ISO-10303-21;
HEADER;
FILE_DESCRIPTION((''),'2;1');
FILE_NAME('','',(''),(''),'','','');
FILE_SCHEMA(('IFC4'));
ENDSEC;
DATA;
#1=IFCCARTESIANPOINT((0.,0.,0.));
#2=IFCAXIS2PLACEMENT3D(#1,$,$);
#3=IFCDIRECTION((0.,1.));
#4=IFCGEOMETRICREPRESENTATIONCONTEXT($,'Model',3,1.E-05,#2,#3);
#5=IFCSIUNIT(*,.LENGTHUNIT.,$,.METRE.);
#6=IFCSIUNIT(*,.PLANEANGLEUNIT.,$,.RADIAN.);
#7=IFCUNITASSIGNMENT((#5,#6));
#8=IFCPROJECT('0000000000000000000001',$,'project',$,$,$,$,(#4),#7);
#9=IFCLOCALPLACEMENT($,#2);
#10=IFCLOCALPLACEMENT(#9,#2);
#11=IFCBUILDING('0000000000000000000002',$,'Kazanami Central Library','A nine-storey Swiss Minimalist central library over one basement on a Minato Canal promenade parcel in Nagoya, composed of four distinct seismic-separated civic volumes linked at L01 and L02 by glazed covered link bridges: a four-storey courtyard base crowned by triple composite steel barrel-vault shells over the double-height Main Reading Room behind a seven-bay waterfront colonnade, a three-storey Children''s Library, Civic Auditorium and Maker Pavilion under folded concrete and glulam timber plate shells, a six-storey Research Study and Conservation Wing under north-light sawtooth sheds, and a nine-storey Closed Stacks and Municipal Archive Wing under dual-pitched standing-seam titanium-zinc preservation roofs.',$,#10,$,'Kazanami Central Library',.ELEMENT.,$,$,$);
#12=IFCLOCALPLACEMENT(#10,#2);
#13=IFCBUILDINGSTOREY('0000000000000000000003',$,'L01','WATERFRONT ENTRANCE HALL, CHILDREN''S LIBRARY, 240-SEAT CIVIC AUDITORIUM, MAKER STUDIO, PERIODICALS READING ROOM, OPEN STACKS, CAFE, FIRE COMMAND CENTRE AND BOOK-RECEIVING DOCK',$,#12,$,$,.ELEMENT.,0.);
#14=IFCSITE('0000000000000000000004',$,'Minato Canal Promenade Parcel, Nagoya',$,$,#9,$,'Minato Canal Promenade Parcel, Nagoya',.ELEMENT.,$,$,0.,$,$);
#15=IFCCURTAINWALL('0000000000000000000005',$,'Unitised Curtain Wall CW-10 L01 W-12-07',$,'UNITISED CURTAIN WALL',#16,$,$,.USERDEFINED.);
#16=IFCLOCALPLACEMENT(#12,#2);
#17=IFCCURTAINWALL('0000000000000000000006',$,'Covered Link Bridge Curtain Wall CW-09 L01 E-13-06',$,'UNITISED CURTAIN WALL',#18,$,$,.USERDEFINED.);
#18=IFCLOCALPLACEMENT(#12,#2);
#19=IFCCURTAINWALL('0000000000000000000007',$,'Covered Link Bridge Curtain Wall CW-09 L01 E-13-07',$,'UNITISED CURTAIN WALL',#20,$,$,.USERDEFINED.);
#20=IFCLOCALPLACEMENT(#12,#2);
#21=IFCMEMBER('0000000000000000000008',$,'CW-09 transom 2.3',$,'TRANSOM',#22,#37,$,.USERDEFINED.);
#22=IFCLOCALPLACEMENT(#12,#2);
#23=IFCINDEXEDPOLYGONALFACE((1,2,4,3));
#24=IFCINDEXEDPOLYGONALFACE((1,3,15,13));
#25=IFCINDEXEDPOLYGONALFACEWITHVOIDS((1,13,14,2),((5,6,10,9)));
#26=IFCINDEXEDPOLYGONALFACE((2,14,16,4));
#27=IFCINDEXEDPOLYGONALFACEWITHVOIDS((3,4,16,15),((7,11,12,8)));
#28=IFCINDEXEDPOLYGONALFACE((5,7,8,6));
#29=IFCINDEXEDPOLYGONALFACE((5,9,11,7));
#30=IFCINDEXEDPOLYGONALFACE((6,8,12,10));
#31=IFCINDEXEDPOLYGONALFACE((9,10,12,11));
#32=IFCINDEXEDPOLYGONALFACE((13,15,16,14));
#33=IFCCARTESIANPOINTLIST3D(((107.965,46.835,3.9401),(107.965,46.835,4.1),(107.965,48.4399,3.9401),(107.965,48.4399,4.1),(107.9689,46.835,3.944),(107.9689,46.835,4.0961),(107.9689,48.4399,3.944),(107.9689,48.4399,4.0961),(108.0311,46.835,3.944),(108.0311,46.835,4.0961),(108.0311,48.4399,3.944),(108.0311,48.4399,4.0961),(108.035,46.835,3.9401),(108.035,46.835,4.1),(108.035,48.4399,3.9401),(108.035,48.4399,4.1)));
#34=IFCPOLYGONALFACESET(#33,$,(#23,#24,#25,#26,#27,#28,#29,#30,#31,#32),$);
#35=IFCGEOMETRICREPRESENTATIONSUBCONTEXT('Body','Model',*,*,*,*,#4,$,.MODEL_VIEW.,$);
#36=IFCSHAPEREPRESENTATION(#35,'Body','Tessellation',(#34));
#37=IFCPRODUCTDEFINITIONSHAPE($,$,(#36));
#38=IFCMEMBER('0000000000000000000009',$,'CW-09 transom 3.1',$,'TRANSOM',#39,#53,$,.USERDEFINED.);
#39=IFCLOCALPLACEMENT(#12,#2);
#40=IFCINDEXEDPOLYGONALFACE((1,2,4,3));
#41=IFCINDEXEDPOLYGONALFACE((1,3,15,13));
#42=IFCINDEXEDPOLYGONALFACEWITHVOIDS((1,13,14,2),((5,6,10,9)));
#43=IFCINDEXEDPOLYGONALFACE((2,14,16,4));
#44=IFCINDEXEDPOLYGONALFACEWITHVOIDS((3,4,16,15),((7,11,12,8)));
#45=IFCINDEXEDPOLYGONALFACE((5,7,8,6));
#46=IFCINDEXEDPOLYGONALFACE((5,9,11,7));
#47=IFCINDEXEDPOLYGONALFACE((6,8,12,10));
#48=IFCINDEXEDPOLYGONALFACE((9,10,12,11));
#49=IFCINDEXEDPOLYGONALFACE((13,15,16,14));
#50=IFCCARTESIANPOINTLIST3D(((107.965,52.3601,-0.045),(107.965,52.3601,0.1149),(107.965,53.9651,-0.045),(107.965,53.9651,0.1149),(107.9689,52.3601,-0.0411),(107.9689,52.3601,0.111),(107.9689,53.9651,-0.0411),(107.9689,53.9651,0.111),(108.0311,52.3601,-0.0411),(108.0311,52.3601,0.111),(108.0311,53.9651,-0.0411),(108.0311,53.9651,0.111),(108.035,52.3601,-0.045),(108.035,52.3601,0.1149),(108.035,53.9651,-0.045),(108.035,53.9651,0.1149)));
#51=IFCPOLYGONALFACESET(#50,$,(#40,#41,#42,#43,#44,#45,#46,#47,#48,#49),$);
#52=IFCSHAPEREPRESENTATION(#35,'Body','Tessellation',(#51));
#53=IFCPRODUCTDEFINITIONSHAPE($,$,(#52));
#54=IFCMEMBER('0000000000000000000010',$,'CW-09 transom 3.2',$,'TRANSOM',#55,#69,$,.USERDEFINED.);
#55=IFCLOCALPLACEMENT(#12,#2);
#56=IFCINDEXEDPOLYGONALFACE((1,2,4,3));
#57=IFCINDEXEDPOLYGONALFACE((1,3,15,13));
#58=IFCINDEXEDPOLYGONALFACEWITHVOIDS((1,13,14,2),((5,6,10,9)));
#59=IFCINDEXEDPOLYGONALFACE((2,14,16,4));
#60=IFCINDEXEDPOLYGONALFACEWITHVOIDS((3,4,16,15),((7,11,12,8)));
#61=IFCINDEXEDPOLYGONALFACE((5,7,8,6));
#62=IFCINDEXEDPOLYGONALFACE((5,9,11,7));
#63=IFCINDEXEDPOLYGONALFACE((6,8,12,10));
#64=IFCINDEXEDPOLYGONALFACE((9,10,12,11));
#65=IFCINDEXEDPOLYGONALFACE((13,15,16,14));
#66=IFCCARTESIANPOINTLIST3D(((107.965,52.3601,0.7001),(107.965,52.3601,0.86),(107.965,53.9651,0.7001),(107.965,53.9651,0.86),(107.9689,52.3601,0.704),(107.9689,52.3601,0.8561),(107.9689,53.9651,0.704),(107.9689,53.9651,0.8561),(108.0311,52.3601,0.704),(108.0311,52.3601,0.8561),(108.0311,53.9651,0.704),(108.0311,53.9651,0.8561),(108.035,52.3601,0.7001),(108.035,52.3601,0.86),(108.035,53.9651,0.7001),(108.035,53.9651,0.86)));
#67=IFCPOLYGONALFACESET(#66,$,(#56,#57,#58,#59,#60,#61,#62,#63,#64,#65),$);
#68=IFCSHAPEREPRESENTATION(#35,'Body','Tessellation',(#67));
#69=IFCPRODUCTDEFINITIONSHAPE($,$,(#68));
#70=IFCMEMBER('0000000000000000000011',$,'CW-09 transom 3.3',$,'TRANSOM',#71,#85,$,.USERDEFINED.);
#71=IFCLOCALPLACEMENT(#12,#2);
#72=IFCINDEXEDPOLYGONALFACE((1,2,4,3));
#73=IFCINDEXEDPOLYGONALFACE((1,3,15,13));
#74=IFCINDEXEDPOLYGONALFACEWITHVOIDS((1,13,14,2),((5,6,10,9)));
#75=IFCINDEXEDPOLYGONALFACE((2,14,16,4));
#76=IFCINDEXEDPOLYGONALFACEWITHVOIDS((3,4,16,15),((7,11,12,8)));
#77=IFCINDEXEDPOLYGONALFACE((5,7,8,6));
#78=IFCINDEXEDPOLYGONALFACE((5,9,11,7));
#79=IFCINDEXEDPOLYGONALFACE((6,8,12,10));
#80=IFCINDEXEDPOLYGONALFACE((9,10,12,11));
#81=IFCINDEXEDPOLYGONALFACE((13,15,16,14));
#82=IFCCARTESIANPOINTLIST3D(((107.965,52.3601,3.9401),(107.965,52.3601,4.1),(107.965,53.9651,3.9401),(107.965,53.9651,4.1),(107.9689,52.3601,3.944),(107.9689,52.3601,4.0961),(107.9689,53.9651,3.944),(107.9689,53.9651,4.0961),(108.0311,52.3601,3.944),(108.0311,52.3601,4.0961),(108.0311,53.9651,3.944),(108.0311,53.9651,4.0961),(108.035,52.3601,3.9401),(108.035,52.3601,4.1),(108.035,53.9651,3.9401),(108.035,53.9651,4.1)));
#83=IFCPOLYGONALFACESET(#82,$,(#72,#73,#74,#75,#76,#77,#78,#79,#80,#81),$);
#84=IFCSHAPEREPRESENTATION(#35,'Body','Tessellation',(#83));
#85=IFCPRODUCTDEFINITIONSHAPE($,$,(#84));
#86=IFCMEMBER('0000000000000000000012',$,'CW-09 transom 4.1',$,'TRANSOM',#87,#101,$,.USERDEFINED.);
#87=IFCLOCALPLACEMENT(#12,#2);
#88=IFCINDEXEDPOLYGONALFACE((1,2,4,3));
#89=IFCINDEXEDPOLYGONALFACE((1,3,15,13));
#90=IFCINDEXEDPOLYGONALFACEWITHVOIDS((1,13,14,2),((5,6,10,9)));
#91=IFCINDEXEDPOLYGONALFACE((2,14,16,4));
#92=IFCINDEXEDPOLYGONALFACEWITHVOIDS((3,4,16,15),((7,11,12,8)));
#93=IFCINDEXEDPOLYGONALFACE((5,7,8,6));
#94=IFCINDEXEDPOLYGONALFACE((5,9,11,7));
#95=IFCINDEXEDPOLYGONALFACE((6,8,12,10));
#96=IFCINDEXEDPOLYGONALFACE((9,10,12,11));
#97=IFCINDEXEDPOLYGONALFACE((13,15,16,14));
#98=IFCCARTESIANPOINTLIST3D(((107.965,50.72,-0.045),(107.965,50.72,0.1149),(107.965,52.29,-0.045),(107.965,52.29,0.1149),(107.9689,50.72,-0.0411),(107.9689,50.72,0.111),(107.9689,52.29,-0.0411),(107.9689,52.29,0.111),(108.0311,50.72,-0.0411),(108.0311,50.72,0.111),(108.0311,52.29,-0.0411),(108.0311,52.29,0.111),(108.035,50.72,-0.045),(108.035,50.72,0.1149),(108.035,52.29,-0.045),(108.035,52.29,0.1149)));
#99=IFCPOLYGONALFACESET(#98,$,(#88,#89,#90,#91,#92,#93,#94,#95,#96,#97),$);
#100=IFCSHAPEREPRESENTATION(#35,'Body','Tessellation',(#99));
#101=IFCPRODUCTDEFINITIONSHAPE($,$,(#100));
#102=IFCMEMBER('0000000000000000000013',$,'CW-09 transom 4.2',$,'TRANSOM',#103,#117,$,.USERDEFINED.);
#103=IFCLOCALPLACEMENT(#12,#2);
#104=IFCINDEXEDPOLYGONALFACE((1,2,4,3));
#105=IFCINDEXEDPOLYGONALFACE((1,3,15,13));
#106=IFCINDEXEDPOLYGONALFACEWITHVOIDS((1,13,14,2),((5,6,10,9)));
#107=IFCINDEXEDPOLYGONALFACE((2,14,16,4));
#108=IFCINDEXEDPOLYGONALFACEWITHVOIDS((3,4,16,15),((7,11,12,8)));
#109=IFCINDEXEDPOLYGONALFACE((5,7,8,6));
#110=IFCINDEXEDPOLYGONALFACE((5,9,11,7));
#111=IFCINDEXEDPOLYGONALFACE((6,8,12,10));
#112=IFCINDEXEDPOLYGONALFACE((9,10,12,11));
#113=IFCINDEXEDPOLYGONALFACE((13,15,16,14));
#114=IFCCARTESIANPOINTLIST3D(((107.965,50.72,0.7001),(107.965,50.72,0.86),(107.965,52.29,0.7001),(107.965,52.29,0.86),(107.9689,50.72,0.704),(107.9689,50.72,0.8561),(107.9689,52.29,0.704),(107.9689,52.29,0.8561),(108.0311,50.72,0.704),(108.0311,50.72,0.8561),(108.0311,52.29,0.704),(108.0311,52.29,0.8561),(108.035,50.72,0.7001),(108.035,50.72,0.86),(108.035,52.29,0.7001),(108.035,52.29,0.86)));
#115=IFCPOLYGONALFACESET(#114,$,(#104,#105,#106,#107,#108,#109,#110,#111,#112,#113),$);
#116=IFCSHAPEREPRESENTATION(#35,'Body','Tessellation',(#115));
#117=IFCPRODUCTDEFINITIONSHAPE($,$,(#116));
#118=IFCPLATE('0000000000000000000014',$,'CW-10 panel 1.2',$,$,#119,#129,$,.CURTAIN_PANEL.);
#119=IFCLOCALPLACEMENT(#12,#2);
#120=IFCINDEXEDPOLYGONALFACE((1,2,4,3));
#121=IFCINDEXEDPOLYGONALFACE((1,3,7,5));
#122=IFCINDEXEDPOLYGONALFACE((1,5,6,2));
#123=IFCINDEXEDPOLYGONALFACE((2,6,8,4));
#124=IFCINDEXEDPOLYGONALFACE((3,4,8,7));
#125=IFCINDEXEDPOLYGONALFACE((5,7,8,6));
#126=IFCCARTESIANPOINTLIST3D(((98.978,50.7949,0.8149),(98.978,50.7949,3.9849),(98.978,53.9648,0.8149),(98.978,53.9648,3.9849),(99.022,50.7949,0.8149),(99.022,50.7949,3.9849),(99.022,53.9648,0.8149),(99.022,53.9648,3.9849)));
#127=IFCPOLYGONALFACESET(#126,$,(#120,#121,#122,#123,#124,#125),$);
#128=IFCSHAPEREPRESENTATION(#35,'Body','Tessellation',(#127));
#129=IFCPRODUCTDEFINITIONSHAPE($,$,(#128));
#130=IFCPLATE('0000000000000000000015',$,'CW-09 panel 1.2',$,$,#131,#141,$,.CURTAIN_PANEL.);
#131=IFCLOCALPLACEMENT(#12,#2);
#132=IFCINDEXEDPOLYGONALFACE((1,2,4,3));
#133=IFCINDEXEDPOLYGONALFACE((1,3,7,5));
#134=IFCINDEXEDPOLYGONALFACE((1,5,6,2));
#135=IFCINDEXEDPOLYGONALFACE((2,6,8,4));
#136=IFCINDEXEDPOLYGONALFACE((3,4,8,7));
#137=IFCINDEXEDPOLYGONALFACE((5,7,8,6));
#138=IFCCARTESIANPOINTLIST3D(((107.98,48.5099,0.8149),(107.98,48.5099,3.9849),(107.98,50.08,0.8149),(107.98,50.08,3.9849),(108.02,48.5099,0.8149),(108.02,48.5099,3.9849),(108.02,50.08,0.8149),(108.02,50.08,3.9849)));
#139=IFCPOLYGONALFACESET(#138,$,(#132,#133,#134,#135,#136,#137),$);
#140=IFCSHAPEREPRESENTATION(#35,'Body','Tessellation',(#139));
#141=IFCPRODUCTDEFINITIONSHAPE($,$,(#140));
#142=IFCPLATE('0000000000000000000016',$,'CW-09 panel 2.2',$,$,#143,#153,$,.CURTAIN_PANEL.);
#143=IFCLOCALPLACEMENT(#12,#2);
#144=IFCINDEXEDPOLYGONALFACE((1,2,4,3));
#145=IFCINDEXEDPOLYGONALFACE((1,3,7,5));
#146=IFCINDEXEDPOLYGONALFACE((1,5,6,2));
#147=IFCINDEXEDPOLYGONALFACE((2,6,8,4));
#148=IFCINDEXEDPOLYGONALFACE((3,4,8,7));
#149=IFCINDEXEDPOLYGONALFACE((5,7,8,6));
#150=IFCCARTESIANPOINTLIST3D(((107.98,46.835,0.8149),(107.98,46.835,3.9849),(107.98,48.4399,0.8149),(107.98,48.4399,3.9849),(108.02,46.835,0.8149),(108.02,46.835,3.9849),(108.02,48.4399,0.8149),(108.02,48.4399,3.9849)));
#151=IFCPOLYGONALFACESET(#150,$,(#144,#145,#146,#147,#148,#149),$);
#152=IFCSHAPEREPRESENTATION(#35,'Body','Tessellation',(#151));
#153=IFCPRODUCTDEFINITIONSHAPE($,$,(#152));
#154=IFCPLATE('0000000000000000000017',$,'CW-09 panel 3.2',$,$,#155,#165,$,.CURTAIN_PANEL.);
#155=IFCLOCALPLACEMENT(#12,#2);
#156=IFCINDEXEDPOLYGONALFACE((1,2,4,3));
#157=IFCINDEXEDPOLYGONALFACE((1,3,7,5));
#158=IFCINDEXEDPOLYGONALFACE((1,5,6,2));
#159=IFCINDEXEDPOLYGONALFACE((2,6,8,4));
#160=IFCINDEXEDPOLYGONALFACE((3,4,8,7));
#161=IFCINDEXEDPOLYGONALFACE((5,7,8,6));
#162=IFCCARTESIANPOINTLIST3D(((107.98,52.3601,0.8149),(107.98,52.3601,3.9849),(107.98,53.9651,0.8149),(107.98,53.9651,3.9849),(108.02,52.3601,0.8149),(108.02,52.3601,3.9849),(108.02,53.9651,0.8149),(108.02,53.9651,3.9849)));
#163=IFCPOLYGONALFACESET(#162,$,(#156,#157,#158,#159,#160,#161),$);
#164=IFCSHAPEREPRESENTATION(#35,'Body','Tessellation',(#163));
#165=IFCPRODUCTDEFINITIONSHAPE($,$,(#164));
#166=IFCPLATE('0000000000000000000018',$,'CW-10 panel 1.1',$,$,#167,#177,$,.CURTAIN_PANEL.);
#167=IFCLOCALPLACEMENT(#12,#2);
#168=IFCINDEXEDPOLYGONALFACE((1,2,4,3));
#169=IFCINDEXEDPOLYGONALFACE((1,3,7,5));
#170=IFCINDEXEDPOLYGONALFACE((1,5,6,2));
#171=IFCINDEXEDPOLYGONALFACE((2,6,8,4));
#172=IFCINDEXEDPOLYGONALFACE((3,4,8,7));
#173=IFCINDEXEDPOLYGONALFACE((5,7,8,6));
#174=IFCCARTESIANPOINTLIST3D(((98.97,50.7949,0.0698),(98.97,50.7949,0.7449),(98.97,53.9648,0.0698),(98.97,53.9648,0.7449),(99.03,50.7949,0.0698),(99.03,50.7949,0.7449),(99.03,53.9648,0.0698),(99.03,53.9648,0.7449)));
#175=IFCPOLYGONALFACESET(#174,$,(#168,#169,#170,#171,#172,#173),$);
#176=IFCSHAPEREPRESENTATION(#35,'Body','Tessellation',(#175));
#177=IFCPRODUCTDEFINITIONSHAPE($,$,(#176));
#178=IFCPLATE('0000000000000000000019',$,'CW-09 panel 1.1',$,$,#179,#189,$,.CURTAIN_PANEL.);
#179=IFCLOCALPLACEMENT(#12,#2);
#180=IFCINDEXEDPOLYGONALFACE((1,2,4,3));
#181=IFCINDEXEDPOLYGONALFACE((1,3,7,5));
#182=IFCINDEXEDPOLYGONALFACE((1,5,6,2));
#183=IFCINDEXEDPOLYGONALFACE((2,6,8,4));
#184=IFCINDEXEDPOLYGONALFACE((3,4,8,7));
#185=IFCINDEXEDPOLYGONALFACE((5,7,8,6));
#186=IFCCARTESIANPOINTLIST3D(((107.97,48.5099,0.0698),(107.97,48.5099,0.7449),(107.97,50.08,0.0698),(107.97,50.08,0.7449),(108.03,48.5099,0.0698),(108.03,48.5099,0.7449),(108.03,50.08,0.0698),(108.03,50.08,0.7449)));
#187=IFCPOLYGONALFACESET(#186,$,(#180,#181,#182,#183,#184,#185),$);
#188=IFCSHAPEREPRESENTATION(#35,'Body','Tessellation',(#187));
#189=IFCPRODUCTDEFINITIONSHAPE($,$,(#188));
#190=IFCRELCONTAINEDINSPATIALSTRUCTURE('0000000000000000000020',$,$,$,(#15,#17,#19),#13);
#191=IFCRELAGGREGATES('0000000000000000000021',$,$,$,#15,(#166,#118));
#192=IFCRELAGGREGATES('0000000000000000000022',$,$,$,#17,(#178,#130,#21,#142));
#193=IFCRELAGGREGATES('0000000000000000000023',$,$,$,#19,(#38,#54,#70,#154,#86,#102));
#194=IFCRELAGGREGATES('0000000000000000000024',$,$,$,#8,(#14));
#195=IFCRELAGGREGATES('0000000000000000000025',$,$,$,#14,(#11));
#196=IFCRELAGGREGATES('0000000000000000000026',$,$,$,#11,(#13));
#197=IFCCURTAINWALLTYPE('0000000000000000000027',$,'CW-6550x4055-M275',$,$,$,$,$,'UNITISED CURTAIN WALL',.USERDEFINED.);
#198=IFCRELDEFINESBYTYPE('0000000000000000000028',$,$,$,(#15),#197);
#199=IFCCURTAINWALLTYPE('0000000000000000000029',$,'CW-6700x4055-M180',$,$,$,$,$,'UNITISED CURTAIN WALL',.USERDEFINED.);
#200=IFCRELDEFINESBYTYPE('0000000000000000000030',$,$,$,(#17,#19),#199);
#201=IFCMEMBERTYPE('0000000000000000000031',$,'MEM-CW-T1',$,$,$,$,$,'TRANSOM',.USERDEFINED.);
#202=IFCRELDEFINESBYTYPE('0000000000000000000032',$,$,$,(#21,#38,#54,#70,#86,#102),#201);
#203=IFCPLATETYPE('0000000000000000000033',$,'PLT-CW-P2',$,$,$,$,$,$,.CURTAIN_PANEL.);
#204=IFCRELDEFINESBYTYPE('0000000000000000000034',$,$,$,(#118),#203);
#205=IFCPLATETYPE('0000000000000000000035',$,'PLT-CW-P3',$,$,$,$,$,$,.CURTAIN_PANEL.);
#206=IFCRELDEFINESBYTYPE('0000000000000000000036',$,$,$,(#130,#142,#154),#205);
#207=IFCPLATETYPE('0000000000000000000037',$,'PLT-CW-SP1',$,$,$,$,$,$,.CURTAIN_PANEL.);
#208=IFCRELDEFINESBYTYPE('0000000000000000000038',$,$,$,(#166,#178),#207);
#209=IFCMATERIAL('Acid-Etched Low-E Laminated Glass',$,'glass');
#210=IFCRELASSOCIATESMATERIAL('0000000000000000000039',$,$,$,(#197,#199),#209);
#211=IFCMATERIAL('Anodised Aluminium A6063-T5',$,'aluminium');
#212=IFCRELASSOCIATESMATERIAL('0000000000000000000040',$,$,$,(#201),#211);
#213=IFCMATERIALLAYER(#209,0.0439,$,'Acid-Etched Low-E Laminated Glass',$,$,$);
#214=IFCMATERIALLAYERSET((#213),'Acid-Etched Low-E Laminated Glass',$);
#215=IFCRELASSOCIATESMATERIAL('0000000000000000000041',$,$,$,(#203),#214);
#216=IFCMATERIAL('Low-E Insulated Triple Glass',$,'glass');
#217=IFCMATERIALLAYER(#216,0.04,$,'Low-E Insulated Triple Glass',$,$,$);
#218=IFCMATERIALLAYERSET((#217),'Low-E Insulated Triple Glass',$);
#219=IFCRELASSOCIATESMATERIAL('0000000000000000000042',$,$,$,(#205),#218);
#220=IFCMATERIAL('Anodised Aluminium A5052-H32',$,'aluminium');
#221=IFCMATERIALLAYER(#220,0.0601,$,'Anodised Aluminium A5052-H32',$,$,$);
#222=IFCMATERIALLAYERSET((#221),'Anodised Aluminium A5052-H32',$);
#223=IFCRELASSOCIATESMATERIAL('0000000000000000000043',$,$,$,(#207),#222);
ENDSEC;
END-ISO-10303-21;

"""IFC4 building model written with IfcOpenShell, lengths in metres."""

from ifc_helpers import new_model, si_unit, direction, frame, origin, origin_2d, place, context, subcontext, project, spatial, rectangle, hollow_rectangle, extrude, material, layer, layer_set, material_profile, profile_set, type_object, element, aggregate, save


model = new_model("IFC4")

# Units and contexts
model_context = context("Model", 3, precision=1e-05, world=origin(), true_north=direction((0.0, 1.0)))
body_context = subcontext(model_context, "Body", "Model", "MODEL_VIEW")
ifc_project = project(units=[si_unit("LENGTHUNIT", "METRE"), si_unit("PLANEANGLEUNIT", "RADIAN")], contexts=[model_context])

# Site, building, storey
site_placement = place(None, origin())
site = spatial("IfcSite", under=ifc_project, at=site_placement, Name="Minato Canal Promenade Parcel, Nagoya", LongName="Minato Canal Promenade Parcel, Nagoya", CompositionType="ELEMENT", RefElevation=0.0)
building_placement = place(site_placement, origin())
building = spatial("IfcBuilding", under=site, at=building_placement, Name="Kazanami Central Library", Description="A nine-storey Swiss Minimalist central library over one basement on a Minato Canal promenade parcel in Nagoya, composed of four distinct seismic-separated civic volumes linked at L01 and L02 by glazed covered link bridges: a four-storey courtyard base crowned by triple composite steel barrel-vault shells over the double-height Main Reading Room behind a seven-bay waterfront colonnade, a three-storey Children's Library, Civic Auditorium and Maker Pavilion under folded concrete and glulam timber plate shells, a six-storey Research Study and Conservation Wing under north-light sawtooth sheds, and a nine-storey Closed Stacks and Municipal Archive Wing under dual-pitched standing-seam titanium-zinc preservation roofs.", LongName="Kazanami Central Library", CompositionType="ELEMENT")
storey_placement = place(building_placement, origin())
storey = spatial("IfcBuildingStorey", under=building, at=storey_placement, Name="L01", Description="WATERFRONT ENTRANCE HALL, CHILDREN'S LIBRARY, 240-SEAT CIVIC AUDITORIUM, MAKER STUDIO, PERIODICALS READING ROOM, OPEN STACKS, CAFE, FIRE COMMAND CENTRE AND BOOK-RECEIVING DOCK", CompositionType="ELEMENT", Elevation=0.0)

# Curtain wall
ifc_material_1 = material(Name="Acid-Etched Low-E Laminated Glass", Category="glass")
curtain_wall_type_1 = type_object("IfcCurtainWallType", Name="CW-6550x4055-M275", ElementType="UNITISED CURTAIN WALL", PredefinedType="USERDEFINED", material=ifc_material_1)
curtain_wall_1_placement = place(storey_placement, origin())
curtain_wall_1 = element("IfcCurtainWall", 1, at=curtain_wall_1_placement, inside=storey, type_object=curtain_wall_type_1, Name="Unitised Curtain Wall CW-10 L01 W-12-07", ObjectType="UNITISED CURTAIN WALL", PredefinedType="USERDEFINED")
ifc_material_2 = material(Name="Anodised Aluminium A6063-T5", Category="aluminium")

# Curtain walls
curtain_wall_type_2 = type_object("IfcCurtainWallType", Name="CW-6700x4055-M180", ElementType="UNITISED CURTAIN WALL", PredefinedType="USERDEFINED", material=ifc_material_1)
curtain_wall_2_placement = place(storey_placement, origin())
curtain_wall_2 = element("IfcCurtainWall", 2, at=curtain_wall_2_placement, inside=storey, type_object=curtain_wall_type_2, Name="Covered Link Bridge Curtain Wall CW-09 L01 E-13-06", ObjectType="UNITISED CURTAIN WALL", PredefinedType="USERDEFINED")
curtain_wall_3_placement = place(storey_placement, origin())
curtain_wall_3 = element("IfcCurtainWall", 3, at=curtain_wall_3_placement, inside=storey, type_object=curtain_wall_type_2, Name="Covered Link Bridge Curtain Wall CW-09 L01 E-13-07", ObjectType="UNITISED CURTAIN WALL", PredefinedType="USERDEFINED")

# Members
ifc_material_profile_1 = material_profile(ifc_material_2, hollow_rectangle(XDim=0.0701, YDim=0.1599, WallThickness=0.0039, at=origin_2d()), Name="ALU-TRAN-70x160x4")
ifc_profile_set_1 = profile_set([ifc_material_profile_1], Name="Anodised Aluminium A6063-T5")
member_type_1 = type_object("IfcMemberType", Name="MEM-CW-T1", ElementType="TRANSOM", PredefinedType="USERDEFINED", material=ifc_profile_set_1)
member_1_placement = place(storey_placement, frame((108.0, 48.4399, 4.02), z_axis=(0.0, -1.0, 0.0), x_axis=(1.0, 0.0, 0.0)))
member_1 = element("IfcMember", 4, at=member_1_placement, type_object=member_type_1, Name="CW-09 transom 2.3", ObjectType="TRANSOM", PredefinedType="USERDEFINED", context=body_context, shape_type="SweptSolid", body=[
    extrude(hollow_rectangle(XDim=0.0701, YDim=0.1599, WallThickness=0.0039, at=origin_2d()), origin(), (0.0, 0.0, 1.0), 1.605),
])
member_2_placement = place(storey_placement, frame((108.0, 53.9651, 0.0349), z_axis=(0.0, -1.0, 0.0), x_axis=(1.0, 0.0, 0.0)))
member_2 = element("IfcMember", 5, at=member_2_placement, type_object=member_type_1, Name="CW-09 transom 3.1", ObjectType="TRANSOM", PredefinedType="USERDEFINED", context=body_context, shape_type="SweptSolid", body=[
    extrude(hollow_rectangle(XDim=0.0701, YDim=0.1599, WallThickness=0.0039, at=origin_2d()), origin(), (0.0, 0.0, 1.0), 1.605),
])
member_3_placement = place(storey_placement, frame((108.0, 53.9651, 0.78), z_axis=(0.0, -1.0, 0.0), x_axis=(1.0, 0.0, 0.0)))
member_3 = element("IfcMember", 6, at=member_3_placement, type_object=member_type_1, Name="CW-09 transom 3.2", ObjectType="TRANSOM", PredefinedType="USERDEFINED", context=body_context, shape_type="SweptSolid", body=[
    extrude(hollow_rectangle(XDim=0.0701, YDim=0.1599, WallThickness=0.0039, at=origin_2d()), origin(), (0.0, 0.0, 1.0), 1.605),
])
member_4_placement = place(storey_placement, frame((108.0, 53.9651, 4.02), z_axis=(0.0, -1.0, 0.0), x_axis=(1.0, 0.0, 0.0)))
member_4 = element("IfcMember", 7, at=member_4_placement, type_object=member_type_1, Name="CW-09 transom 3.3", ObjectType="TRANSOM", PredefinedType="USERDEFINED", context=body_context, shape_type="SweptSolid", body=[
    extrude(hollow_rectangle(XDim=0.0701, YDim=0.1599, WallThickness=0.0039, at=origin_2d()), origin(), (0.0, 0.0, 1.0), 1.605),
])
member_5_placement = place(storey_placement, frame((108.0, 52.29, 0.0349), z_axis=(0.0, -1.0, 0.0), x_axis=(1.0, 0.0, 0.0)))
member_5 = element("IfcMember", 8, at=member_5_placement, type_object=member_type_1, Name="CW-09 transom 4.1", ObjectType="TRANSOM", PredefinedType="USERDEFINED", context=body_context, shape_type="SweptSolid", body=[
    extrude(hollow_rectangle(XDim=0.0701, YDim=0.1599, WallThickness=0.0039, at=origin_2d()), origin(), (0.0, 0.0, 1.0), 1.5701),
])
member_6_placement = place(storey_placement, frame((108.0, 52.29, 0.78), z_axis=(0.0, -1.0, 0.0), x_axis=(1.0, 0.0, 0.0)))
member_6 = element("IfcMember", 9, at=member_6_placement, type_object=member_type_1, Name="CW-09 transom 4.2", ObjectType="TRANSOM", PredefinedType="USERDEFINED", context=body_context, shape_type="SweptSolid", body=[
    extrude(hollow_rectangle(XDim=0.0701, YDim=0.1599, WallThickness=0.0039, at=origin_2d()), origin(), (0.0, 0.0, 1.0), 1.5701),
])

# Plates
ifc_layer_1 = layer(ifc_material_1, 0.0439, Name="Acid-Etched Low-E Laminated Glass")
ifc_layer_set_1 = layer_set([ifc_layer_1], Name="Acid-Etched Low-E Laminated Glass")
plate_type_1 = type_object("IfcPlateType", Name="PLT-CW-P2", PredefinedType="CURTAIN_PANEL", material=ifc_layer_set_1)
plate_1_placement = place(storey_placement, frame((99.0, 52.3799, 0.8149), z_axis=(0.0, 0.0, 1.0), x_axis=(0.0, 1.0, 0.0)))
plate_1 = element("IfcPlate", 10, at=plate_1_placement, type_object=plate_type_1, Name="CW-10 panel 1.2", PredefinedType="CURTAIN_PANEL", context=body_context, shape_type="SweptSolid", body=[
    extrude(rectangle(XDim=3.1699, YDim=0.0439, at=origin_2d()), origin(), (0.0, 0.0, 1.0), 3.1699),
])
ifc_material_3 = material(Name="Low-E Insulated Triple Glass", Category="glass")
ifc_layer_2 = layer(ifc_material_3, 0.04, Name="Low-E Insulated Triple Glass")
ifc_layer_set_2 = layer_set([ifc_layer_2], Name="Low-E Insulated Triple Glass")
plate_type_2 = type_object("IfcPlateType", Name="PLT-CW-P3", PredefinedType="CURTAIN_PANEL", material=ifc_layer_set_2)
plate_2_placement = place(storey_placement, frame((108.0, 49.2949, 0.8149), z_axis=(0.0, 0.0, 1.0), x_axis=(0.0, -1.0, 0.0)))
plate_2 = element("IfcPlate", 11, at=plate_2_placement, type_object=plate_type_2, Name="CW-09 panel 1.2", PredefinedType="CURTAIN_PANEL", context=body_context, shape_type="SweptSolid", body=[
    extrude(rectangle(XDim=1.5701, YDim=0.04, at=origin_2d()), origin(), (0.0, 0.0, 1.0), 3.1699),
])
plate_3_placement = place(storey_placement, frame((108.0, 47.6375, 0.8149), z_axis=(0.0, 0.0, 1.0), x_axis=(0.0, -1.0, 0.0)))
plate_3 = element("IfcPlate", 12, at=plate_3_placement, type_object=plate_type_2, Name="CW-09 panel 2.2", PredefinedType="CURTAIN_PANEL", context=body_context, shape_type="SweptSolid", body=[
    extrude(rectangle(XDim=1.605, YDim=0.04, at=origin_2d()), origin(), (0.0, 0.0, 1.0), 3.1699),
])
plate_4_placement = place(storey_placement, frame((108.0, 53.1626, 0.8149), z_axis=(0.0, 0.0, 1.0), x_axis=(0.0, -1.0, 0.0)))
plate_4 = element("IfcPlate", 13, at=plate_4_placement, type_object=plate_type_2, Name="CW-09 panel 3.2", PredefinedType="CURTAIN_PANEL", context=body_context, shape_type="SweptSolid", body=[
    extrude(rectangle(XDim=1.605, YDim=0.04, at=origin_2d()), origin(), (0.0, 0.0, 1.0), 3.1699),
])
ifc_material_4 = material(Name="Anodised Aluminium A5052-H32", Category="aluminium")
ifc_layer_3 = layer(ifc_material_4, 0.0601, Name="Anodised Aluminium A5052-H32")
ifc_layer_set_3 = layer_set([ifc_layer_3], Name="Anodised Aluminium A5052-H32")
plate_type_3 = type_object("IfcPlateType", Name="PLT-CW-SP1", PredefinedType="CURTAIN_PANEL", material=ifc_layer_set_3)
plate_5_placement = place(storey_placement, frame((99.0, 52.3799, 0.0698), z_axis=(0.0, 0.0, 1.0), x_axis=(0.0, 1.0, 0.0)))
plate_5 = element("IfcPlate", 14, at=plate_5_placement, type_object=plate_type_3, Name="CW-10 panel 1.1", PredefinedType="CURTAIN_PANEL", context=body_context, shape_type="SweptSolid", body=[
    extrude(rectangle(XDim=3.1699, YDim=0.0601, at=origin_2d()), origin(), (0.0, 0.0, 1.0), 0.675),
])
aggregate(curtain_wall_1, [plate_5, plate_1])
plate_6_placement = place(storey_placement, frame((108.0, 49.2949, 0.0698), z_axis=(0.0, 0.0, 1.0), x_axis=(0.0, -1.0, 0.0)))
plate_6 = element("IfcPlate", 15, at=plate_6_placement, type_object=plate_type_3, Name="CW-09 panel 1.1", PredefinedType="CURTAIN_PANEL", context=body_context, shape_type="SweptSolid", body=[
    extrude(rectangle(XDim=1.5701, YDim=0.0601, at=origin_2d()), origin(), (0.0, 0.0, 1.0), 0.675),
])
aggregate(curtain_wall_2, [plate_6, plate_2, member_1, plate_3])
aggregate(curtain_wall_3, [member_2, member_3, member_4, plate_4, member_5, member_6])

save(model, "model.ifc")
